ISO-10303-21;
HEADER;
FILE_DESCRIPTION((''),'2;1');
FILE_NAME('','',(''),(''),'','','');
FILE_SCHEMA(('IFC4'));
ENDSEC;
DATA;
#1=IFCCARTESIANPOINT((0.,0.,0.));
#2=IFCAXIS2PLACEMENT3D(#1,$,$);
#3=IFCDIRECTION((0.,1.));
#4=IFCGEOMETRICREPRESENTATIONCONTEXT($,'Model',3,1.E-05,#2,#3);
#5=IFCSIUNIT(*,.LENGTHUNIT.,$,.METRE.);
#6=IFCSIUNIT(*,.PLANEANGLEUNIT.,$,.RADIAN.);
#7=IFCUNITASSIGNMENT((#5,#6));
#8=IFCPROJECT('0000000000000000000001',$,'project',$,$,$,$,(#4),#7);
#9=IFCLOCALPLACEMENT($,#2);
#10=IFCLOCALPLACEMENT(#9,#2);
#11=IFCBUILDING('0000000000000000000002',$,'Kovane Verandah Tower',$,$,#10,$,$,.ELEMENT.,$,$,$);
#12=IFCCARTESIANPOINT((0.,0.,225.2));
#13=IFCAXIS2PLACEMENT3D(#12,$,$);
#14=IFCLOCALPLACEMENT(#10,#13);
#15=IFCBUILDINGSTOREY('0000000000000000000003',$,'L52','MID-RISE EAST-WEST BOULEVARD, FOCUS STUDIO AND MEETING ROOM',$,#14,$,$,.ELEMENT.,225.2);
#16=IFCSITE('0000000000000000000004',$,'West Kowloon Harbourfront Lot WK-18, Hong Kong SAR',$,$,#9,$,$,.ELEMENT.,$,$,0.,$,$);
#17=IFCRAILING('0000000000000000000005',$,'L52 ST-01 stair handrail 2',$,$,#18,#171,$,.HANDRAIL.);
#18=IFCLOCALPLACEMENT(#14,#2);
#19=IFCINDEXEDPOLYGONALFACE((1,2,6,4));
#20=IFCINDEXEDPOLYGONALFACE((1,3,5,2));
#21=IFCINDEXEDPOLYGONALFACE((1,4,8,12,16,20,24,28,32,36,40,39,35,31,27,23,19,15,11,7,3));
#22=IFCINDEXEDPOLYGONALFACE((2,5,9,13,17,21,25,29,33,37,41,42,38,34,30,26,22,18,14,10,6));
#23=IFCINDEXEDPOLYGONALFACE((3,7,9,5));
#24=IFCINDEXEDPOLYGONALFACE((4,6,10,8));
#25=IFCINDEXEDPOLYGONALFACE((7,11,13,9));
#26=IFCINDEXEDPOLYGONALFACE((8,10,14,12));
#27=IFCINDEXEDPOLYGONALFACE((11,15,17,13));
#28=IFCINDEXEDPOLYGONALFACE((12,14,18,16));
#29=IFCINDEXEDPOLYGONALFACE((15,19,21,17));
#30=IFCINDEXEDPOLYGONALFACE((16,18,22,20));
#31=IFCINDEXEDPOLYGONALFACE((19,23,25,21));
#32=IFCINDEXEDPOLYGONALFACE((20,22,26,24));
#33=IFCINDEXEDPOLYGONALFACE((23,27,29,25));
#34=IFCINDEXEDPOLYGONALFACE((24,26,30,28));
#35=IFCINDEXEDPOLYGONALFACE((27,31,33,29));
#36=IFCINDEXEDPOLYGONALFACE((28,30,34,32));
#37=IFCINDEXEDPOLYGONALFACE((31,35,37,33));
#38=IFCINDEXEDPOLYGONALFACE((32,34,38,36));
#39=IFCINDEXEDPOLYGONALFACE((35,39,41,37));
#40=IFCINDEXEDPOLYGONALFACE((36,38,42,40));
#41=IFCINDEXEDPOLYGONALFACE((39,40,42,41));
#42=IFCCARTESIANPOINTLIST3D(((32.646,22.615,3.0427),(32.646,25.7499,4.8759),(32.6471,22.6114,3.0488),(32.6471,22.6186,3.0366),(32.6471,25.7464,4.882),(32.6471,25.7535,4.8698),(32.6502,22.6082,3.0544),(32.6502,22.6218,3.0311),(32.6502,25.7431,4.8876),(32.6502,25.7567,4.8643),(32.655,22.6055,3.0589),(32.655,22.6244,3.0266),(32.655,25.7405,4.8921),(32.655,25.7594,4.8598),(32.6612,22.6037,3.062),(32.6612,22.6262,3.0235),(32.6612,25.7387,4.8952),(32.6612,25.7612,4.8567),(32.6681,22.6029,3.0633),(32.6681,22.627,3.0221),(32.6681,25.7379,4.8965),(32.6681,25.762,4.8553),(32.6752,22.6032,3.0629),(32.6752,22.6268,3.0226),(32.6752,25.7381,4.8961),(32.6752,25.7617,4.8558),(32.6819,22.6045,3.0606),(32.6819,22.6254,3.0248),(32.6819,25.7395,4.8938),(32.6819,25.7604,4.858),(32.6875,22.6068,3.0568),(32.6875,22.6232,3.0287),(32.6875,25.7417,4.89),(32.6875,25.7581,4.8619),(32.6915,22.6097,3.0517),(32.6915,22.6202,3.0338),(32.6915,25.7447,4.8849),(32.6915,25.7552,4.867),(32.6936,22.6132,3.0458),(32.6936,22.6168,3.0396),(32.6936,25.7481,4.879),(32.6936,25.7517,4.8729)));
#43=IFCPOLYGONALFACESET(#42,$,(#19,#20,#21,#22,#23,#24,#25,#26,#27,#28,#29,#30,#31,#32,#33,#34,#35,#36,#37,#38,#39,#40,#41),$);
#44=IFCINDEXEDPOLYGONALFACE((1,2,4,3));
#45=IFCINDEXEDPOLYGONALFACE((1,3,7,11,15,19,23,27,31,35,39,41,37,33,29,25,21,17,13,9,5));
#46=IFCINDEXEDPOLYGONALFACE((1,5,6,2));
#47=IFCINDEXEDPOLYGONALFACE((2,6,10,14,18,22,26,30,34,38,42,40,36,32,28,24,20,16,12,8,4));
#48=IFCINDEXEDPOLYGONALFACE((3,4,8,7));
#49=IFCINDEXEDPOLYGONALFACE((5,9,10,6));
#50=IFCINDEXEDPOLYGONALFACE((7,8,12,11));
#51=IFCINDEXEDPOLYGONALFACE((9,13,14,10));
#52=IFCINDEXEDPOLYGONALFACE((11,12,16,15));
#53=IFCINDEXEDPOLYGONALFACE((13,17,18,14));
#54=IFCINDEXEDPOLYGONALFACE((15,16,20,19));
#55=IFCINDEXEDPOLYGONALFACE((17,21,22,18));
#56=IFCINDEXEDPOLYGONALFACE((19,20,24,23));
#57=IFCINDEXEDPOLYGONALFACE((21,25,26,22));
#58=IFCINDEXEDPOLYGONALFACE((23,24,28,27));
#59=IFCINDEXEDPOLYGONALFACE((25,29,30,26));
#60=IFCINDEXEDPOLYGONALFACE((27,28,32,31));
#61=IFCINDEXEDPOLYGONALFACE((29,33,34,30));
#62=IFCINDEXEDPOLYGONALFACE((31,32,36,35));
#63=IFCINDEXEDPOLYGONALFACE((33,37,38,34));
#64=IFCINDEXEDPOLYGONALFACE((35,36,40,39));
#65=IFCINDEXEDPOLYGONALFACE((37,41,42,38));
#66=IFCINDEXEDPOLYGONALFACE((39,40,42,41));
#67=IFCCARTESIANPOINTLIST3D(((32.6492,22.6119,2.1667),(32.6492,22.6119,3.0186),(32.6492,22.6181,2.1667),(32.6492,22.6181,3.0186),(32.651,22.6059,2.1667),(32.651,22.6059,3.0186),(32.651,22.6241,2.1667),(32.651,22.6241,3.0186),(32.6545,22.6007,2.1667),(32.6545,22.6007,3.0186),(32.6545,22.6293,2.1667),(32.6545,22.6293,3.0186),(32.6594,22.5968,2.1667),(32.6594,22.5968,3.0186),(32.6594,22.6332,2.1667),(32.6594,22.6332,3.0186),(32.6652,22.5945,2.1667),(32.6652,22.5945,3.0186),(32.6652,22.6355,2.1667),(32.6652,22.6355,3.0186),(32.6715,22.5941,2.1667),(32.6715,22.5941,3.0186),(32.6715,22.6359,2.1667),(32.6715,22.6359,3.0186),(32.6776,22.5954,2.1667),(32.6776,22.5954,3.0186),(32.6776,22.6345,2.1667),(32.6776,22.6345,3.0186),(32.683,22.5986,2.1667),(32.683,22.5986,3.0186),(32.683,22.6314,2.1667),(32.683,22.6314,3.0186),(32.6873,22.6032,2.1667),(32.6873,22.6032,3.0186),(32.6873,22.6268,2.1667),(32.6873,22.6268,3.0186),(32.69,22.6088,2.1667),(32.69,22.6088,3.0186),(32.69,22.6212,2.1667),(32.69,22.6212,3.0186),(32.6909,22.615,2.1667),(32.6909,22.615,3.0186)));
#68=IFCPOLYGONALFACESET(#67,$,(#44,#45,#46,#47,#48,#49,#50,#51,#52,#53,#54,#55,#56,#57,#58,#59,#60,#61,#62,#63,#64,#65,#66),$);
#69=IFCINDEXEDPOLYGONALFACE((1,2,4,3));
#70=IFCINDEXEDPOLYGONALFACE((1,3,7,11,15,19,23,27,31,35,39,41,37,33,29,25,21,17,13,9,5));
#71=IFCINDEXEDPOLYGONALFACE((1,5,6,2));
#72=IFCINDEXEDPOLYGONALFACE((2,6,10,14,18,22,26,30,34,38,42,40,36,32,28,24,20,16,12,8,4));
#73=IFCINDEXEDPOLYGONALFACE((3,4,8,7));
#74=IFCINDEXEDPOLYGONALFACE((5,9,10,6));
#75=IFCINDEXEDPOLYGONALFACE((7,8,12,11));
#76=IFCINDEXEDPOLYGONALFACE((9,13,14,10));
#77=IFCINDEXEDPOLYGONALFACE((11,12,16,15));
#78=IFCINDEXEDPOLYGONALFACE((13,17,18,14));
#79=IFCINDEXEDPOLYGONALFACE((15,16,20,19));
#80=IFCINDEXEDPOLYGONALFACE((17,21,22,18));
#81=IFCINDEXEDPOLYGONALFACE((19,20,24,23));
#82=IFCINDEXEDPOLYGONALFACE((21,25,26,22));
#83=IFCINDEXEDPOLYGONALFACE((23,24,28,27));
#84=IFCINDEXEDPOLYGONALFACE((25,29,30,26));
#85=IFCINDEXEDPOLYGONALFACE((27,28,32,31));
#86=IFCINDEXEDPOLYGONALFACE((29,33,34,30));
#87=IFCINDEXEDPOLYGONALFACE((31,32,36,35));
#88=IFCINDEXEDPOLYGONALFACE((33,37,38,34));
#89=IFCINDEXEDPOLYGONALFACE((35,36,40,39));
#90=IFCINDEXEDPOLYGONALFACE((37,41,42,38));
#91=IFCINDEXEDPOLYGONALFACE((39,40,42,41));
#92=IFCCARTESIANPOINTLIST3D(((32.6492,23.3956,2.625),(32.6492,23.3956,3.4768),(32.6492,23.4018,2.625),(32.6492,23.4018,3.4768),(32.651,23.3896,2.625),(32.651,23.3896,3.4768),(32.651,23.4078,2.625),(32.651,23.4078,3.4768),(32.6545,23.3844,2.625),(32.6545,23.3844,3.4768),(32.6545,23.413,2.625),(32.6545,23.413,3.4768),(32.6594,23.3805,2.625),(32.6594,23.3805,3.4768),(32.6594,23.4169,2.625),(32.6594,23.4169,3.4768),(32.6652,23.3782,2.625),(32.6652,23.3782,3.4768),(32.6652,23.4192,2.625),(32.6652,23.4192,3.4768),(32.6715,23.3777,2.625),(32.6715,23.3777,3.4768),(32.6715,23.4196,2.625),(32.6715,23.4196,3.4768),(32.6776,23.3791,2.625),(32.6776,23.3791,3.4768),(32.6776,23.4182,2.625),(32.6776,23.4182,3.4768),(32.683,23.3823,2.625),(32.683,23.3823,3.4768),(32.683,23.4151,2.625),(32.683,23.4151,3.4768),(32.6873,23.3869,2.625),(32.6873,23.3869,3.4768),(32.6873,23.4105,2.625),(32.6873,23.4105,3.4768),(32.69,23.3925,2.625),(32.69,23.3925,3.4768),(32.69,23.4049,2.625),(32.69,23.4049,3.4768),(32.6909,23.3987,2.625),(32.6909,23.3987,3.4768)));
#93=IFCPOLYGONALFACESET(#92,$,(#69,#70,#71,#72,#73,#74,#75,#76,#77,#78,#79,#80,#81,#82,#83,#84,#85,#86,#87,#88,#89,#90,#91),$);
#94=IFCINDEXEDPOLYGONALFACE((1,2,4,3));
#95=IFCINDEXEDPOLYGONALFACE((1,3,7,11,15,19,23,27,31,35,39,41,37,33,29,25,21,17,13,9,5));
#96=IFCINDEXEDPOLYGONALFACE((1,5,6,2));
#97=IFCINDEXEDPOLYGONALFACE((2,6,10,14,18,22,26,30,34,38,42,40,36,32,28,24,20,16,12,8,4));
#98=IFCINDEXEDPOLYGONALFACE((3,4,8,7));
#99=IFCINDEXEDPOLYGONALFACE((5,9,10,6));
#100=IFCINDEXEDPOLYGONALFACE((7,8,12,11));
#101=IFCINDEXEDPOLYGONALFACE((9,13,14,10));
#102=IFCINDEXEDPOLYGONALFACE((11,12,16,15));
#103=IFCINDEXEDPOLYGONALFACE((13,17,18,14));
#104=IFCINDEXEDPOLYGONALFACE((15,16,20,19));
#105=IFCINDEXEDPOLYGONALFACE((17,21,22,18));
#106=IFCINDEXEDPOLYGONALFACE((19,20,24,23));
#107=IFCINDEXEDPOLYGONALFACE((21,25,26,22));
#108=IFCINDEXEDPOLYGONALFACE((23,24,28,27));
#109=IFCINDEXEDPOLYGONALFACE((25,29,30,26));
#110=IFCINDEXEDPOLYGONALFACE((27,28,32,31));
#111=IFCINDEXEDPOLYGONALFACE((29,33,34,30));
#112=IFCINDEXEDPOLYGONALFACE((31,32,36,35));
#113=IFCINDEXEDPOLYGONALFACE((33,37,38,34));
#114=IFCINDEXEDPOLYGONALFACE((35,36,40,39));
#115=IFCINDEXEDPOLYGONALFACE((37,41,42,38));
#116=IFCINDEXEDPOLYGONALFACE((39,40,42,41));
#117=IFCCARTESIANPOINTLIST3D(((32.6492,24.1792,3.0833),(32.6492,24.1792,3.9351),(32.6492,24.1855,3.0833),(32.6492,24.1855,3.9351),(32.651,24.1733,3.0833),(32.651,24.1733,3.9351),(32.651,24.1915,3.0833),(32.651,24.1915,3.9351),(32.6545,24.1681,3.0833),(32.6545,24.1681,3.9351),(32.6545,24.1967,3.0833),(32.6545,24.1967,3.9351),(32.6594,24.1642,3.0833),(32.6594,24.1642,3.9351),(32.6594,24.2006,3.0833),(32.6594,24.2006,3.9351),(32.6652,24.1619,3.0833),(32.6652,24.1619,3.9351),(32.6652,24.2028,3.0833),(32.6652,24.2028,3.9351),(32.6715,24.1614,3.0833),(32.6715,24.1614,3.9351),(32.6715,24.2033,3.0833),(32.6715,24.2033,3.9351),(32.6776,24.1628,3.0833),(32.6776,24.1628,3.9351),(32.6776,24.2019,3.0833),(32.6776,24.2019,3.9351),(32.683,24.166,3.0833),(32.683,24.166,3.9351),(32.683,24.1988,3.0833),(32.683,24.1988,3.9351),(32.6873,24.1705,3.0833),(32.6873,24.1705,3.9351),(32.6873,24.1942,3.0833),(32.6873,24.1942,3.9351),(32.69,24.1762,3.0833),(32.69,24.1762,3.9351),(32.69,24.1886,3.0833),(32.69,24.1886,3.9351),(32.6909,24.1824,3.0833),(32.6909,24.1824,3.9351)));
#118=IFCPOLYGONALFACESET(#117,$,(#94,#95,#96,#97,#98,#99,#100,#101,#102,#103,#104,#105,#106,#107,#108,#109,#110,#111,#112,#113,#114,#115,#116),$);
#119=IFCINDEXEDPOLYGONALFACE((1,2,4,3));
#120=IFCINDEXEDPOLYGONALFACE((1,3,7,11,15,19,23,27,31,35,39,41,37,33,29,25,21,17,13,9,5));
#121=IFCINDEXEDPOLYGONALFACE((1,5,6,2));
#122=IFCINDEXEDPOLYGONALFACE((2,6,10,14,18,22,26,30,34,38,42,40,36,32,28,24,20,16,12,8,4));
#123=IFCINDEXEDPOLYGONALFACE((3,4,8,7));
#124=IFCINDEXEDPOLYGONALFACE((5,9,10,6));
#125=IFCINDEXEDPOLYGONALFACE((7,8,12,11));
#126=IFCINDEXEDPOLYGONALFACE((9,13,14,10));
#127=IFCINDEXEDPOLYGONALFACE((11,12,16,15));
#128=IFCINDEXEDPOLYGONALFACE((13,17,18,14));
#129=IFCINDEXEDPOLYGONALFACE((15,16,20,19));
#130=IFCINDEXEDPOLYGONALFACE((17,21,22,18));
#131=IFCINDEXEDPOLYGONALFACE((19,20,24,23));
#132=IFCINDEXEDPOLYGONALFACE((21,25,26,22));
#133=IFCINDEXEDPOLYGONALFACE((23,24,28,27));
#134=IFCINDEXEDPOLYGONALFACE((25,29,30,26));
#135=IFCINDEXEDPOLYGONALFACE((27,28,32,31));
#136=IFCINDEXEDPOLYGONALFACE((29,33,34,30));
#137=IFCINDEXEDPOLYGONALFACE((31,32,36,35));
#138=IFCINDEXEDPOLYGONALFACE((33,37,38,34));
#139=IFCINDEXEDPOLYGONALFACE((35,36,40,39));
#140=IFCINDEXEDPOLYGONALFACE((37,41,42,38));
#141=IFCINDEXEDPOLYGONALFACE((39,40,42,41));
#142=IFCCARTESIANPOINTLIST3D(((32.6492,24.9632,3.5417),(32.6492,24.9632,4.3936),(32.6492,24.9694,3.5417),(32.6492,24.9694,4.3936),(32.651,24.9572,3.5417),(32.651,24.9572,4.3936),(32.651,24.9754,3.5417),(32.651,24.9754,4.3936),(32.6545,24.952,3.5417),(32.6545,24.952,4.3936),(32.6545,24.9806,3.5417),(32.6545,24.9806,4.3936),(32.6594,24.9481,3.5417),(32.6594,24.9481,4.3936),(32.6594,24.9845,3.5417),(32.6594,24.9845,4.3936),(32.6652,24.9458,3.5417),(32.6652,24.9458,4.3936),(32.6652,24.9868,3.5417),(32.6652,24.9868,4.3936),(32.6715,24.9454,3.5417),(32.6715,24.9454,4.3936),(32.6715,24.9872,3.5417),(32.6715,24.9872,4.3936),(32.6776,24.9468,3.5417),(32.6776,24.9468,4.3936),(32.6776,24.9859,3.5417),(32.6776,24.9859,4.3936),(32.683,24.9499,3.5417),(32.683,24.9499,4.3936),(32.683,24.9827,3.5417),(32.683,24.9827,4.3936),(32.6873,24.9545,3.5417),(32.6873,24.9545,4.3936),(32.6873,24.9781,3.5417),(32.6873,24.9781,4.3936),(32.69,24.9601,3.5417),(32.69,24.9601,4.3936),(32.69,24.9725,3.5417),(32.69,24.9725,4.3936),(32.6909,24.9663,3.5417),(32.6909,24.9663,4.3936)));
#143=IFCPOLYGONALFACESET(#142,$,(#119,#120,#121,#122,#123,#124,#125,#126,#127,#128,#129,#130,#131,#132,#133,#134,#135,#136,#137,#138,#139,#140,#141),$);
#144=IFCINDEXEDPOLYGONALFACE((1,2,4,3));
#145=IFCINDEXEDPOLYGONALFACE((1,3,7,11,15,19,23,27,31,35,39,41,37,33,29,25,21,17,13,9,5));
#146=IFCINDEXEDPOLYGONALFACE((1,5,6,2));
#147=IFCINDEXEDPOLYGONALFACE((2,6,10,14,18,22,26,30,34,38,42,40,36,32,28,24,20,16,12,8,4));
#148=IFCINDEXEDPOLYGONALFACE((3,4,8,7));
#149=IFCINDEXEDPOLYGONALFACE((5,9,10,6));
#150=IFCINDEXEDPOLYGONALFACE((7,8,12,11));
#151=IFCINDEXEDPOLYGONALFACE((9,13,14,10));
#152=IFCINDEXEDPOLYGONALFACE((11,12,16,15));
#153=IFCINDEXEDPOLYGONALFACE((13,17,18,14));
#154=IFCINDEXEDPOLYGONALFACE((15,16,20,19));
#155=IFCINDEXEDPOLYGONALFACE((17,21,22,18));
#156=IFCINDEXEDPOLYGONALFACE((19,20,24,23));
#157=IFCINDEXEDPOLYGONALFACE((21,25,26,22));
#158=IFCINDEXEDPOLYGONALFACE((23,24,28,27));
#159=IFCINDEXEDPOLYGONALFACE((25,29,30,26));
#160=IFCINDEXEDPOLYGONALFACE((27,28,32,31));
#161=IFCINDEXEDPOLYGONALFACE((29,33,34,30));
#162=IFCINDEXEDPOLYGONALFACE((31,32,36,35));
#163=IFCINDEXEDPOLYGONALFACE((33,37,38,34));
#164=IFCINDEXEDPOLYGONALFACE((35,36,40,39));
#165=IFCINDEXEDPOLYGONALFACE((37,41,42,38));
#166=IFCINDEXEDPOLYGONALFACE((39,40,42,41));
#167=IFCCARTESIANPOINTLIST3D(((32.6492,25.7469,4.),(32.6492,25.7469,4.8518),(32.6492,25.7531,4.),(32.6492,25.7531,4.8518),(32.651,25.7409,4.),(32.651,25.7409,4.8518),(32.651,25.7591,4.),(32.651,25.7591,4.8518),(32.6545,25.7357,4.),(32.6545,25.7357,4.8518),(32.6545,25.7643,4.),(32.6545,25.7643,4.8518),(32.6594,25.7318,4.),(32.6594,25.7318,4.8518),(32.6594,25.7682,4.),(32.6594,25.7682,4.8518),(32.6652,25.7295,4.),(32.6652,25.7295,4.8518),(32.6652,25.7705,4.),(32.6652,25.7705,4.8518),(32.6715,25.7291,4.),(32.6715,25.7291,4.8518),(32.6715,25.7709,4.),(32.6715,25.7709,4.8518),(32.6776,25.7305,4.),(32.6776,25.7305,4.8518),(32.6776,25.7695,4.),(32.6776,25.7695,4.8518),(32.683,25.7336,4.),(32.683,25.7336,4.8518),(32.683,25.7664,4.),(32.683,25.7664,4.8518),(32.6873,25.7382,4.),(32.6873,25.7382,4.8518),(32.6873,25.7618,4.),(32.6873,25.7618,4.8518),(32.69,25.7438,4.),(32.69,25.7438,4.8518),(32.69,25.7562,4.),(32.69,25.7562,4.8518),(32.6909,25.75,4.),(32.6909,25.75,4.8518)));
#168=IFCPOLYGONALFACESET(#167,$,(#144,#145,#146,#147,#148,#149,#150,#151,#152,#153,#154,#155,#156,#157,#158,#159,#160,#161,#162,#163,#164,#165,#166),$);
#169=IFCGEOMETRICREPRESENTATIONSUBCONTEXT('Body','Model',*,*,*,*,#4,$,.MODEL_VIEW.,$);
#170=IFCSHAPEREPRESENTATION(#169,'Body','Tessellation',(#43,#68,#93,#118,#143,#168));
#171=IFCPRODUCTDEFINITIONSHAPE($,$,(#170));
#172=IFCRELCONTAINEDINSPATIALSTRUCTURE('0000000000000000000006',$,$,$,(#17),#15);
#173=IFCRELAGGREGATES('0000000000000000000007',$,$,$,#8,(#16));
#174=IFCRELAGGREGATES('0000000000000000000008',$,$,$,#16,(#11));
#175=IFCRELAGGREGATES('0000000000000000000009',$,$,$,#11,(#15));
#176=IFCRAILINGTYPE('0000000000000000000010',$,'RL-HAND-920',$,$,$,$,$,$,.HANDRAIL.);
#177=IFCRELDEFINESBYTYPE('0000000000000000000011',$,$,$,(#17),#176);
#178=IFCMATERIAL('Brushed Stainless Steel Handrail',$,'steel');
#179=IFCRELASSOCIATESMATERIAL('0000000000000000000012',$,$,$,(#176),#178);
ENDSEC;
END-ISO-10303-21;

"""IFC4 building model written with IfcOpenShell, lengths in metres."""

from ifc_helpers import new_model, si_unit, direction, frame, origin, origin_2d, place, context, subcontext, project, spatial, circle, extrude, material, type_object, element, save


model = new_model("IFC4")

# Units and contexts
model_context = context("Model", 3, precision=1e-05, world=origin(), true_north=direction((0.0, 1.0)))
body_context = subcontext(model_context, "Body", "Model", "MODEL_VIEW")
ifc_project = project(units=[si_unit("LENGTHUNIT", "METRE"), si_unit("PLANEANGLEUNIT", "RADIAN")], contexts=[model_context])

# Site, building, storey
site_placement = place(None, origin())
site = spatial("IfcSite", under=ifc_project, at=site_placement, Name="West Kowloon Harbourfront Lot WK-18, Hong Kong SAR", CompositionType="ELEMENT", RefElevation=0.0)
building_placement = place(site_placement, origin())
building = spatial("IfcBuilding", under=site, at=building_placement, Name="Kovane Verandah Tower", CompositionType="ELEMENT")
storey_placement = place(building_placement, frame((0.0, 0.0, 225.2)))
storey = spatial("IfcBuildingStorey", under=building, at=storey_placement, Name="L52", Description="MID-RISE EAST-WEST BOULEVARD, FOCUS STUDIO AND MEETING ROOM", CompositionType="ELEMENT", Elevation=225.2)

# Railing
ifc_material_1 = material(Name="Brushed Stainless Steel Handrail", Category="steel")
railing_type_1 = type_object("IfcRailingType", Name="RL-HAND-920", PredefinedType="HANDRAIL", material=ifc_material_1)
railing_1_placement = place(storey_placement, frame((32.6699, 22.615, 2.1667)))
element("IfcRailing", 1, at=railing_1_placement, inside=storey, type_object=railing_type_1, Name="L52 ST-01 stair handrail 2", PredefinedType="HANDRAIL", context=body_context, shape_type="SweptSolid", body=[
    extrude(circle(Radius=0.0239, at=origin_2d()), frame((0.0, 0.0, 0.876), z_axis=(0.0, 0.86324, 0.504794), x_axis=(-1.0, 0.0, 0.0)), (0.0, 0.0, 1.0), 3.6316),
    extrude(circle(Radius=0.021, at=origin_2d()), origin(), (0.0, 0.0, 1.0), 0.8518),
    extrude(circle(Radius=0.021, at=origin_2d()), frame((0.0, 0.7837, 0.4583)), (0.0, 0.0, 1.0), 0.8518),
    extrude(circle(Radius=0.021, at=origin_2d()), frame((0.0, 1.5674, 0.9165)), (0.0, 0.0, 1.0), 0.8518),
    extrude(circle(Radius=0.021, at=origin_2d()), frame((0.0, 2.3513, 1.375)), (0.0, 0.0, 1.0), 0.8518),
    extrude(circle(Radius=0.021, at=origin_2d()), frame((0.0, 3.135, 1.8333)), (0.0, 0.0, 1.0), 0.8518),
])

save(model, "model.ifc")
